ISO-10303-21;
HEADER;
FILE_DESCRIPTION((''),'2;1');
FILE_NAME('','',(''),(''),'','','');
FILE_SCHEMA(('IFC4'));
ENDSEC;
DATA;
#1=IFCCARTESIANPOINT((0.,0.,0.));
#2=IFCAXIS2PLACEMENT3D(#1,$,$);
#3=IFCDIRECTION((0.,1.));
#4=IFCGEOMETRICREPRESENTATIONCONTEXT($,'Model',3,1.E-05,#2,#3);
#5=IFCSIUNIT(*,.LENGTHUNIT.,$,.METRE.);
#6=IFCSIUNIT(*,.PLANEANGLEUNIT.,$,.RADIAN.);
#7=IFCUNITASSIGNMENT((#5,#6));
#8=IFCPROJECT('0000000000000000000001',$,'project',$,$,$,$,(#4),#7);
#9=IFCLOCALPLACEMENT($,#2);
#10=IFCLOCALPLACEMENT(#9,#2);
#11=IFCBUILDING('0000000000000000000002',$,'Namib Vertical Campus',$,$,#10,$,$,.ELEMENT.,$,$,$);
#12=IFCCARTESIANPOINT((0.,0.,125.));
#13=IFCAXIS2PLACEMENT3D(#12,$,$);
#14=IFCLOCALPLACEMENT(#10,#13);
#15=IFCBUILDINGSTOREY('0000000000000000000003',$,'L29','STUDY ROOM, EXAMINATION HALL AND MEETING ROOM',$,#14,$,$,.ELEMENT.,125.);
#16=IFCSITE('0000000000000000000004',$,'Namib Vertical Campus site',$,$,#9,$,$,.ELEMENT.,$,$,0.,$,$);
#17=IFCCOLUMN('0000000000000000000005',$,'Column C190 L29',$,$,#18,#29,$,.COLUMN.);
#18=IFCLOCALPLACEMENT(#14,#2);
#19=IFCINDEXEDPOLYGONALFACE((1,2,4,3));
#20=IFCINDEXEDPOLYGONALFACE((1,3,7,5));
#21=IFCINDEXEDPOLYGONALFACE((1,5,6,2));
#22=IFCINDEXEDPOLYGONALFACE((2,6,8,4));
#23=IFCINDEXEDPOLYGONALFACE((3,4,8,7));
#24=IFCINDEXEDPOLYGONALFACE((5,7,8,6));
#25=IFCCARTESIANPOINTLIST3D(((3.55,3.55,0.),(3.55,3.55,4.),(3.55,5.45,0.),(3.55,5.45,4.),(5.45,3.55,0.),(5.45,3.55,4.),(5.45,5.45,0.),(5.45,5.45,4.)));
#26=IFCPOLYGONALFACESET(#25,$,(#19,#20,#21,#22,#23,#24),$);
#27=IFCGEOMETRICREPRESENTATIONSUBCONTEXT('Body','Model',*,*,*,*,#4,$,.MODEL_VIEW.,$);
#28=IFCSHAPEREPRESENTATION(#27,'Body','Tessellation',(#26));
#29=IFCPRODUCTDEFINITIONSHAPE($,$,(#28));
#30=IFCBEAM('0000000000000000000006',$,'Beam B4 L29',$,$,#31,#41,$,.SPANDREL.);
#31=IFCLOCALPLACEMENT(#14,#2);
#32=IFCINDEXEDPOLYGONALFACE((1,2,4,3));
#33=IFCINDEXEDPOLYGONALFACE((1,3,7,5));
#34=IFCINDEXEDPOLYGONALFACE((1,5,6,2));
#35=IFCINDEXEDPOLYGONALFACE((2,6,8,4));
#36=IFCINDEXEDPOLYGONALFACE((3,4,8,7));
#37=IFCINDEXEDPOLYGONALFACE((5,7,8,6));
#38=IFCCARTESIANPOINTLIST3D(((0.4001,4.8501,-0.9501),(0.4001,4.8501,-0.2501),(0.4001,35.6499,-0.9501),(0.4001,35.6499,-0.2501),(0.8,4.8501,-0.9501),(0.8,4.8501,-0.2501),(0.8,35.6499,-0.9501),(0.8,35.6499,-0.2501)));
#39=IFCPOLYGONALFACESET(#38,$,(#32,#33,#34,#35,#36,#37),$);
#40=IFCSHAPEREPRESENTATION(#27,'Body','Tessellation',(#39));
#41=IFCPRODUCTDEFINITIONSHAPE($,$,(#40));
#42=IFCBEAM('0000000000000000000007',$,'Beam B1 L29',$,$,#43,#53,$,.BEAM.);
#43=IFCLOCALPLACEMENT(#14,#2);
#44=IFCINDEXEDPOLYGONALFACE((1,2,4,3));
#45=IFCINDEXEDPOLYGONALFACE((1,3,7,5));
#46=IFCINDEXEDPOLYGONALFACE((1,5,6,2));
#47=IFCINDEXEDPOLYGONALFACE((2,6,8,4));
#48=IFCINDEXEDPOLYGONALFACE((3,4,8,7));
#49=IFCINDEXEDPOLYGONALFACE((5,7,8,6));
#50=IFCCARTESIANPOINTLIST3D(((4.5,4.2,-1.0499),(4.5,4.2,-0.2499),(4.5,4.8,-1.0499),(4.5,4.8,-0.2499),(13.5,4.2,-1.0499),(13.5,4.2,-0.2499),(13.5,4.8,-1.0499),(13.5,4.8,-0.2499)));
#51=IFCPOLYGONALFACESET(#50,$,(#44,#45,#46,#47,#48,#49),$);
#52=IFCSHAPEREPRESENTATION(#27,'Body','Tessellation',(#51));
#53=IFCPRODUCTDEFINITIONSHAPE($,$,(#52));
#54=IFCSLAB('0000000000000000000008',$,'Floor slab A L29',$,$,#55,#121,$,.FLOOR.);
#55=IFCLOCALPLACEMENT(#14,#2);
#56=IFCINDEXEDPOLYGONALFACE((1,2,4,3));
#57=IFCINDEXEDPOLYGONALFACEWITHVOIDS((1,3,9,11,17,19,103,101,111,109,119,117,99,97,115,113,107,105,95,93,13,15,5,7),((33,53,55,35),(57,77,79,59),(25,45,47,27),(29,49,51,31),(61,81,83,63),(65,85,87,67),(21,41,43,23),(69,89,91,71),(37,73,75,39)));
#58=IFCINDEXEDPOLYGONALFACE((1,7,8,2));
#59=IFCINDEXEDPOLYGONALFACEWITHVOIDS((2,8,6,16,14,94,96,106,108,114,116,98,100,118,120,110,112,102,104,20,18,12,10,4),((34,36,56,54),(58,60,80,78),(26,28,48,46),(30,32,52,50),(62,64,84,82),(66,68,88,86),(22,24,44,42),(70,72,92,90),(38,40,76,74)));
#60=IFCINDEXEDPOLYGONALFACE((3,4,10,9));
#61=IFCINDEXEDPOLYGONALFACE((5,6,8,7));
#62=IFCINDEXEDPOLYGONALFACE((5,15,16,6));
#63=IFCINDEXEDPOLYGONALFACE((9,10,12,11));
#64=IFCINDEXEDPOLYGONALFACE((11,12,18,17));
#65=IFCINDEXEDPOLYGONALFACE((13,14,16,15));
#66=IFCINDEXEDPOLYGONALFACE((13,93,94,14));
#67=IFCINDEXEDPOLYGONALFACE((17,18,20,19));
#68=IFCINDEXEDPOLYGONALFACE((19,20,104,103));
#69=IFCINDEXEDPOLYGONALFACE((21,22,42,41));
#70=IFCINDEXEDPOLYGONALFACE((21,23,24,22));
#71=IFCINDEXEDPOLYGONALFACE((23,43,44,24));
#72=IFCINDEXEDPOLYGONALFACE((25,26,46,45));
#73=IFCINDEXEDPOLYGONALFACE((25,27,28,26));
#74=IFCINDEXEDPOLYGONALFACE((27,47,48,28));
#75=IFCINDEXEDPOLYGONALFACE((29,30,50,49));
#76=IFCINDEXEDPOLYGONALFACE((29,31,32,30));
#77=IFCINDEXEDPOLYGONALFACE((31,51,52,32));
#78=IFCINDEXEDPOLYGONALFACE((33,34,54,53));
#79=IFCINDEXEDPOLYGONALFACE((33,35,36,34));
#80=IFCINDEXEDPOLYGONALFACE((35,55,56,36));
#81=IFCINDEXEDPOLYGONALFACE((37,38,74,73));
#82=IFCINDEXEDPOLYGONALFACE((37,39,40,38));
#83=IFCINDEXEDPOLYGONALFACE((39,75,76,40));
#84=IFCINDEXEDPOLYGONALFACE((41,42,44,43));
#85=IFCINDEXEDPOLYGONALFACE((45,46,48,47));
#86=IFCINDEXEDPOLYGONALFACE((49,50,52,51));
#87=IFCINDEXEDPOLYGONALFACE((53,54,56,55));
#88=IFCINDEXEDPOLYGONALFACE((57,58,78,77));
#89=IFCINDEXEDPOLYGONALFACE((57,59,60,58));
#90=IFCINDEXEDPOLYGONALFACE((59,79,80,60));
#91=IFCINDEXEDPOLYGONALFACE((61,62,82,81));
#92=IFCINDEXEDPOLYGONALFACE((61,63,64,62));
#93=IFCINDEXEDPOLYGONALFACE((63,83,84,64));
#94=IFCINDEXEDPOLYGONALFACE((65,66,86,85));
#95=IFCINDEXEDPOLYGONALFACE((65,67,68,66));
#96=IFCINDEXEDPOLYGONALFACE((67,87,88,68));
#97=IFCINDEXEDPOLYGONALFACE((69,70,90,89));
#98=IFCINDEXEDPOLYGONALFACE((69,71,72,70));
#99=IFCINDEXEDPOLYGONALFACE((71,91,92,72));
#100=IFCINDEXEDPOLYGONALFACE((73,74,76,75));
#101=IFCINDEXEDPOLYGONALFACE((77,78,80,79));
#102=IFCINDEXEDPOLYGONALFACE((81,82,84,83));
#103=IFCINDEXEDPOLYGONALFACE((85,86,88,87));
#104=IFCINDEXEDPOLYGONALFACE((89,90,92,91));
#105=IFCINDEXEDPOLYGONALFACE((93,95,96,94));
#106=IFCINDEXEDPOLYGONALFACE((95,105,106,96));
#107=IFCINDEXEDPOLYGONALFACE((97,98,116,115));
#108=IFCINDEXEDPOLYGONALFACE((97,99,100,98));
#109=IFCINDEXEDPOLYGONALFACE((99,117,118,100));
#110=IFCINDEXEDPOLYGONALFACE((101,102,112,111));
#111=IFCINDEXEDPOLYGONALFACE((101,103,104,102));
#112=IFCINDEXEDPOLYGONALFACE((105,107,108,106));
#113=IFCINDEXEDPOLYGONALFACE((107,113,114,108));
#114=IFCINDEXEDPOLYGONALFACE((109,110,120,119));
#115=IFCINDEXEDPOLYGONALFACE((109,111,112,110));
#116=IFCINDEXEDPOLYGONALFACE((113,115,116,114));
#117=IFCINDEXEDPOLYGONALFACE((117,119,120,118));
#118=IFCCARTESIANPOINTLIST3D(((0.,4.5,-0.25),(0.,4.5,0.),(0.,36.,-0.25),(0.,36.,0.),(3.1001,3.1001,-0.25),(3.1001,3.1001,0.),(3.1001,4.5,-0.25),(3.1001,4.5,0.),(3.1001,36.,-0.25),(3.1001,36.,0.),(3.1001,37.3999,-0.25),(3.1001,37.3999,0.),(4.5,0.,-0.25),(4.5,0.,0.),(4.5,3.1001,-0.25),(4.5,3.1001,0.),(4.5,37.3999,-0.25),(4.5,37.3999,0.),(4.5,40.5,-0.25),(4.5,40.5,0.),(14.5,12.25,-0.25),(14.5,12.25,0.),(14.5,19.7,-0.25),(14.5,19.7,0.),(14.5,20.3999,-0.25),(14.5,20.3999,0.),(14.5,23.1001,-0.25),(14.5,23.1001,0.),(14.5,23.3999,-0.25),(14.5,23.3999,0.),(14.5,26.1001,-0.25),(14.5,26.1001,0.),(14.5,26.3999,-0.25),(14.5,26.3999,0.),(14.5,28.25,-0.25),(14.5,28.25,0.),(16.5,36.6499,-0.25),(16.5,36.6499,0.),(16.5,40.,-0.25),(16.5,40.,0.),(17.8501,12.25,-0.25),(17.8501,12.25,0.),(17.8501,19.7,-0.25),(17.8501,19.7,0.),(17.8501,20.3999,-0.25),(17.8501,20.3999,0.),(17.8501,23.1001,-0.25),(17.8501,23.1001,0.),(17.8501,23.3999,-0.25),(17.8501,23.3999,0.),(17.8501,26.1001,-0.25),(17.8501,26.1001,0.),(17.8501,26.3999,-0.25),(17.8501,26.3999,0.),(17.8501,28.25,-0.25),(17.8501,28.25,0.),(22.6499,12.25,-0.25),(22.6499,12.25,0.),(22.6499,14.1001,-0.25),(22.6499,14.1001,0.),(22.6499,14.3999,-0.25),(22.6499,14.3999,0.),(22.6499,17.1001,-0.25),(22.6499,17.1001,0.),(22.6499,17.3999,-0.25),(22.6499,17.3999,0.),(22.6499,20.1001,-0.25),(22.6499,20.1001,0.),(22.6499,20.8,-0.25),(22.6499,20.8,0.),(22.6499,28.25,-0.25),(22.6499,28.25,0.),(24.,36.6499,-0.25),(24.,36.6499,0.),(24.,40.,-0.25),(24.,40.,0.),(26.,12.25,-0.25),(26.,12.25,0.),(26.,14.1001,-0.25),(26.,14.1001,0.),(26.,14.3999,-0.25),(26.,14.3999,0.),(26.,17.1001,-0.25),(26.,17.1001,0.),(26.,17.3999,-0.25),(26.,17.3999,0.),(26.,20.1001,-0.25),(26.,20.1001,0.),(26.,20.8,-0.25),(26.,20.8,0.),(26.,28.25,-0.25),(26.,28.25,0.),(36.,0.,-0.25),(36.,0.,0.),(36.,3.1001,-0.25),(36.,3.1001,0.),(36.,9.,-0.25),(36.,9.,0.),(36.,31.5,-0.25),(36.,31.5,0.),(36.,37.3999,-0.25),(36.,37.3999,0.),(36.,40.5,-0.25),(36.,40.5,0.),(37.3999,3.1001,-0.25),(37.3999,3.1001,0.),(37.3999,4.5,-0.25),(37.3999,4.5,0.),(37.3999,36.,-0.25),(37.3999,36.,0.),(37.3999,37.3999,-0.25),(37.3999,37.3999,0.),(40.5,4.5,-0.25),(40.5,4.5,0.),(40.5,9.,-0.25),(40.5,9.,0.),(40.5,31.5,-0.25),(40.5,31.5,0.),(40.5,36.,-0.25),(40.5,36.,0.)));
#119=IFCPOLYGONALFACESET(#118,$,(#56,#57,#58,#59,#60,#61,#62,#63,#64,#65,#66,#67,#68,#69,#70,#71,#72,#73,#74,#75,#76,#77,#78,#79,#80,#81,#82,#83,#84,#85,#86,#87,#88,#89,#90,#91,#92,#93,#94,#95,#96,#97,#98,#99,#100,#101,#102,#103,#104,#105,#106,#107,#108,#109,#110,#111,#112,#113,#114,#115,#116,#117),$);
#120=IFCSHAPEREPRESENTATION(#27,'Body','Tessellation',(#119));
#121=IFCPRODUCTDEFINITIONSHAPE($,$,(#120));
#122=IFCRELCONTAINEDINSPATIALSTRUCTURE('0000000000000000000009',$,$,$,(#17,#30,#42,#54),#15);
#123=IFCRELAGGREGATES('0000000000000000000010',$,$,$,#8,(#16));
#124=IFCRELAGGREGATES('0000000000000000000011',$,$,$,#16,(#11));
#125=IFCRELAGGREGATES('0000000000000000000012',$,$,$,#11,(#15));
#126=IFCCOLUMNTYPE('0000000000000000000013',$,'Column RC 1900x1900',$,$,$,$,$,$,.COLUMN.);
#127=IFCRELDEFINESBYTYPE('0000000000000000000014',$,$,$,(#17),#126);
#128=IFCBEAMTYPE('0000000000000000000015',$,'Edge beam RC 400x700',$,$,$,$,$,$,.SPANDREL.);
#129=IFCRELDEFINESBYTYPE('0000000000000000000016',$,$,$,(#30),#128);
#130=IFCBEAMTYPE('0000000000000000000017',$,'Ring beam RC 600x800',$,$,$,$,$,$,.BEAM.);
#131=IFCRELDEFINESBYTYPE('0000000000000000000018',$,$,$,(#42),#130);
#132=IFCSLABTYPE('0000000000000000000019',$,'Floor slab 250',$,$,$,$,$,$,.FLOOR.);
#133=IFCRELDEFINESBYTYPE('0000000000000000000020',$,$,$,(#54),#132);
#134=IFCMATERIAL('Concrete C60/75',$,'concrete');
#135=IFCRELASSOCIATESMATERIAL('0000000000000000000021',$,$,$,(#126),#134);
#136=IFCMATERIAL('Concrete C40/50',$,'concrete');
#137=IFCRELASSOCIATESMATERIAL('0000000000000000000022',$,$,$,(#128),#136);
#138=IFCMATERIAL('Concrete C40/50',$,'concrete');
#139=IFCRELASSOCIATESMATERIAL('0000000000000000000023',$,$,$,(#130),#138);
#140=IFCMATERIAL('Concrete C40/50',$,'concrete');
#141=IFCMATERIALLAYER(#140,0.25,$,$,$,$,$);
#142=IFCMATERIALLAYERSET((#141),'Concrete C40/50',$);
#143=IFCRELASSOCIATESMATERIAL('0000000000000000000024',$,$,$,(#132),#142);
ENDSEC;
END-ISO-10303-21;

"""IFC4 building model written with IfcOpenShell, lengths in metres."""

from ifc_helpers import new_model, si_unit, direction, frame, origin, origin_2d, place, context, subcontext, project, spatial, polyline, rectangle, outline, extrude, material, layer, layer_set, material_profile, profile_set, type_object, element, save


model = new_model("IFC4")

# Units and contexts
model_context = context("Model", 3, precision=1e-05, world=origin(), true_north=direction((0.0, 1.0)))
body_context = subcontext(model_context, "Body", "Model", "MODEL_VIEW")
ifc_project = project(units=[si_unit("LENGTHUNIT", "METRE"), si_unit("PLANEANGLEUNIT", "RADIAN")], contexts=[model_context])

# Site, building, storey
site_placement = place(None, origin())
site = spatial("IfcSite", under=ifc_project, at=site_placement, Name="Namib Vertical Campus site", CompositionType="ELEMENT", RefElevation=0.0)
building_placement = place(site_placement, origin())
building = spatial("IfcBuilding", under=site, at=building_placement, Name="Namib Vertical Campus", CompositionType="ELEMENT")
storey_placement = place(building_placement, frame((0.0, 0.0, 125.0)))
storey = spatial("IfcBuildingStorey", under=building, at=storey_placement, Name="L29", Description="STUDY ROOM, EXAMINATION HALL AND MEETING ROOM", CompositionType="ELEMENT", Elevation=125.0)

# Column
ifc_material_1 = material(Name="Concrete C60/75", Category="concrete")
ifc_material_profile_1 = material_profile(ifc_material_1, rectangle(XDim=1.8999, YDim=1.8999, at=origin_2d()))
ifc_profile_set_1 = profile_set([ifc_material_profile_1], Name="Concrete C60/75")
column_type = type_object("IfcColumnType", Name="Column RC 1900x1900", PredefinedType="COLUMN", material=ifc_profile_set_1)
column_placement = place(storey_placement, frame((4.5, 4.5, 0.0), z_axis=(0.0, 0.0, 1.0), x_axis=(1.0, 0.0, 0.0)))
element("IfcColumn", 1, at=column_placement, inside=storey, type_object=column_type, Name="Column C190 L29", PredefinedType="COLUMN", context=body_context, shape_type="SweptSolid", body=[
    extrude(rectangle(XDim=1.8999, YDim=1.8999, at=origin_2d()), origin(), (0.0, 0.0, 1.0), 4.0),
])

# Beams
ifc_material_2 = material(Name="Concrete C40/50", Category="concrete")
ifc_material_profile_2 = material_profile(ifc_material_2, rectangle(XDim=0.3999, YDim=0.7, at=origin_2d()))
ifc_profile_set_2 = profile_set([ifc_material_profile_2], Name="Concrete C40/50")
beam_type_1 = type_object("IfcBeamType", Name="Edge beam RC 400x700", PredefinedType="SPANDREL", material=ifc_profile_set_2)
beam_1_placement = place(storey_placement, frame((0.6001, 4.8501, -0.6001), z_axis=(0.0, 1.0, 0.0), x_axis=(-1.0, 0.0, 0.0)))
element("IfcBeam", 2, at=beam_1_placement, inside=storey, type_object=beam_type_1, Name="Beam B4 L29", PredefinedType="SPANDREL", context=body_context, shape_type="SweptSolid", body=[
    extrude(rectangle(XDim=0.3999, YDim=0.7, at=origin_2d()), origin(), (0.0, 0.0, 1.0), 30.7998),
])
ifc_material_3 = material(Name="Concrete C40/50", Category="concrete")
ifc_material_profile_3 = material_profile(ifc_material_3, rectangle(XDim=0.6001, YDim=0.8, at=origin_2d()))
ifc_profile_set_3 = profile_set([ifc_material_profile_3], Name="Concrete C40/50")
beam_type_2 = type_object("IfcBeamType", Name="Ring beam RC 600x800", PredefinedType="BEAM", material=ifc_profile_set_3)
beam_2_placement = place(storey_placement, frame((4.5, 4.5, -0.6499), z_axis=(1.0, 0.0, 0.0), x_axis=(0.0, 1.0, 0.0)))
element("IfcBeam", 3, at=beam_2_placement, inside=storey, type_object=beam_type_2, Name="Beam B1 L29", PredefinedType="BEAM", context=body_context, shape_type="SweptSolid", body=[
    extrude(rectangle(XDim=0.6001, YDim=0.8, at=origin_2d()), origin(), (0.0, 0.0, 1.0), 9.0),
])

# Slab
ifc_material_4 = material(Name="Concrete C40/50", Category="concrete")
ifc_layer_1 = layer(ifc_material_4, 0.25)
ifc_layer_set_1 = layer_set([ifc_layer_1], Name="Concrete C40/50")
slab_type_1 = type_object("IfcSlabType", Name="Floor slab 250", PredefinedType="FLOOR", material=ifc_layer_set_1)
slab_1_placement = place(storey_placement, frame((0.0, 0.0, -0.25)))
element("IfcSlab", 4, at=slab_1_placement, inside=storey, type_object=slab_type_1, Name="Floor slab A L29", PredefinedType="FLOOR", context=body_context, shape_type="SweptSolid", body=[
    extrude(outline(polyline([(4.5, 3.1001), (4.5, 0.0), (36.0, 0.0), (36.0, 3.1001), (37.3999, 3.1001), (37.3999, 4.5), (40.5, 4.5), (40.5, 9.0), (36.0, 9.0), (36.0, 31.5), (40.5, 31.5), (40.5, 36.0), (37.3999, 36.0), (37.3999, 37.3999), (36.0, 37.3999), (36.0, 40.5), (4.5, 40.5), (4.5, 37.3999), (3.1001, 37.3999), (3.1001, 36.0), (0.0, 36.0), (0.0, 4.5), (3.1001, 4.5), (3.1001, 3.1001), (4.5, 3.1001)]), holes=[polyline([(14.5, 12.25), (17.8501, 12.25), (17.8501, 19.7), (14.5, 19.7), (14.5, 12.25)]), polyline([(22.6499, 20.8), (26.0, 20.8), (26.0, 28.25), (22.6499, 28.25), (22.6499, 20.8)]), polyline([(22.6499, 12.25), (26.0, 12.25), (26.0, 14.1001), (22.6499, 14.1001), (22.6499, 12.25)]), polyline([(14.5, 20.3999), (17.8501, 20.3999), (17.8501, 23.1001), (14.5, 23.1001), (14.5, 20.3999)]), polyline([(14.5, 23.3999), (17.8501, 23.3999), (17.8501, 26.1001), (14.5, 26.1001), (14.5, 23.3999)]), polyline([(14.5, 26.3999), (17.8501, 26.3999), (17.8501, 28.25), (14.5, 28.25), (14.5, 26.3999)]), polyline([(22.6499, 14.3999), (26.0, 14.3999), (26.0, 17.1001), (22.6499, 17.1001), (22.6499, 14.3999)]), polyline([(22.6499, 17.3999), (26.0, 17.3999), (26.0, 20.1001), (22.6499, 20.1001), (22.6499, 17.3999)]), polyline([(16.5, 36.6499), (24.0, 36.6499), (24.0, 40.0), (16.5, 40.0), (16.5, 36.6499)])]), origin(), (0.0, 0.0, 1.0), 0.25),
])

save(model, "model.ifc")
